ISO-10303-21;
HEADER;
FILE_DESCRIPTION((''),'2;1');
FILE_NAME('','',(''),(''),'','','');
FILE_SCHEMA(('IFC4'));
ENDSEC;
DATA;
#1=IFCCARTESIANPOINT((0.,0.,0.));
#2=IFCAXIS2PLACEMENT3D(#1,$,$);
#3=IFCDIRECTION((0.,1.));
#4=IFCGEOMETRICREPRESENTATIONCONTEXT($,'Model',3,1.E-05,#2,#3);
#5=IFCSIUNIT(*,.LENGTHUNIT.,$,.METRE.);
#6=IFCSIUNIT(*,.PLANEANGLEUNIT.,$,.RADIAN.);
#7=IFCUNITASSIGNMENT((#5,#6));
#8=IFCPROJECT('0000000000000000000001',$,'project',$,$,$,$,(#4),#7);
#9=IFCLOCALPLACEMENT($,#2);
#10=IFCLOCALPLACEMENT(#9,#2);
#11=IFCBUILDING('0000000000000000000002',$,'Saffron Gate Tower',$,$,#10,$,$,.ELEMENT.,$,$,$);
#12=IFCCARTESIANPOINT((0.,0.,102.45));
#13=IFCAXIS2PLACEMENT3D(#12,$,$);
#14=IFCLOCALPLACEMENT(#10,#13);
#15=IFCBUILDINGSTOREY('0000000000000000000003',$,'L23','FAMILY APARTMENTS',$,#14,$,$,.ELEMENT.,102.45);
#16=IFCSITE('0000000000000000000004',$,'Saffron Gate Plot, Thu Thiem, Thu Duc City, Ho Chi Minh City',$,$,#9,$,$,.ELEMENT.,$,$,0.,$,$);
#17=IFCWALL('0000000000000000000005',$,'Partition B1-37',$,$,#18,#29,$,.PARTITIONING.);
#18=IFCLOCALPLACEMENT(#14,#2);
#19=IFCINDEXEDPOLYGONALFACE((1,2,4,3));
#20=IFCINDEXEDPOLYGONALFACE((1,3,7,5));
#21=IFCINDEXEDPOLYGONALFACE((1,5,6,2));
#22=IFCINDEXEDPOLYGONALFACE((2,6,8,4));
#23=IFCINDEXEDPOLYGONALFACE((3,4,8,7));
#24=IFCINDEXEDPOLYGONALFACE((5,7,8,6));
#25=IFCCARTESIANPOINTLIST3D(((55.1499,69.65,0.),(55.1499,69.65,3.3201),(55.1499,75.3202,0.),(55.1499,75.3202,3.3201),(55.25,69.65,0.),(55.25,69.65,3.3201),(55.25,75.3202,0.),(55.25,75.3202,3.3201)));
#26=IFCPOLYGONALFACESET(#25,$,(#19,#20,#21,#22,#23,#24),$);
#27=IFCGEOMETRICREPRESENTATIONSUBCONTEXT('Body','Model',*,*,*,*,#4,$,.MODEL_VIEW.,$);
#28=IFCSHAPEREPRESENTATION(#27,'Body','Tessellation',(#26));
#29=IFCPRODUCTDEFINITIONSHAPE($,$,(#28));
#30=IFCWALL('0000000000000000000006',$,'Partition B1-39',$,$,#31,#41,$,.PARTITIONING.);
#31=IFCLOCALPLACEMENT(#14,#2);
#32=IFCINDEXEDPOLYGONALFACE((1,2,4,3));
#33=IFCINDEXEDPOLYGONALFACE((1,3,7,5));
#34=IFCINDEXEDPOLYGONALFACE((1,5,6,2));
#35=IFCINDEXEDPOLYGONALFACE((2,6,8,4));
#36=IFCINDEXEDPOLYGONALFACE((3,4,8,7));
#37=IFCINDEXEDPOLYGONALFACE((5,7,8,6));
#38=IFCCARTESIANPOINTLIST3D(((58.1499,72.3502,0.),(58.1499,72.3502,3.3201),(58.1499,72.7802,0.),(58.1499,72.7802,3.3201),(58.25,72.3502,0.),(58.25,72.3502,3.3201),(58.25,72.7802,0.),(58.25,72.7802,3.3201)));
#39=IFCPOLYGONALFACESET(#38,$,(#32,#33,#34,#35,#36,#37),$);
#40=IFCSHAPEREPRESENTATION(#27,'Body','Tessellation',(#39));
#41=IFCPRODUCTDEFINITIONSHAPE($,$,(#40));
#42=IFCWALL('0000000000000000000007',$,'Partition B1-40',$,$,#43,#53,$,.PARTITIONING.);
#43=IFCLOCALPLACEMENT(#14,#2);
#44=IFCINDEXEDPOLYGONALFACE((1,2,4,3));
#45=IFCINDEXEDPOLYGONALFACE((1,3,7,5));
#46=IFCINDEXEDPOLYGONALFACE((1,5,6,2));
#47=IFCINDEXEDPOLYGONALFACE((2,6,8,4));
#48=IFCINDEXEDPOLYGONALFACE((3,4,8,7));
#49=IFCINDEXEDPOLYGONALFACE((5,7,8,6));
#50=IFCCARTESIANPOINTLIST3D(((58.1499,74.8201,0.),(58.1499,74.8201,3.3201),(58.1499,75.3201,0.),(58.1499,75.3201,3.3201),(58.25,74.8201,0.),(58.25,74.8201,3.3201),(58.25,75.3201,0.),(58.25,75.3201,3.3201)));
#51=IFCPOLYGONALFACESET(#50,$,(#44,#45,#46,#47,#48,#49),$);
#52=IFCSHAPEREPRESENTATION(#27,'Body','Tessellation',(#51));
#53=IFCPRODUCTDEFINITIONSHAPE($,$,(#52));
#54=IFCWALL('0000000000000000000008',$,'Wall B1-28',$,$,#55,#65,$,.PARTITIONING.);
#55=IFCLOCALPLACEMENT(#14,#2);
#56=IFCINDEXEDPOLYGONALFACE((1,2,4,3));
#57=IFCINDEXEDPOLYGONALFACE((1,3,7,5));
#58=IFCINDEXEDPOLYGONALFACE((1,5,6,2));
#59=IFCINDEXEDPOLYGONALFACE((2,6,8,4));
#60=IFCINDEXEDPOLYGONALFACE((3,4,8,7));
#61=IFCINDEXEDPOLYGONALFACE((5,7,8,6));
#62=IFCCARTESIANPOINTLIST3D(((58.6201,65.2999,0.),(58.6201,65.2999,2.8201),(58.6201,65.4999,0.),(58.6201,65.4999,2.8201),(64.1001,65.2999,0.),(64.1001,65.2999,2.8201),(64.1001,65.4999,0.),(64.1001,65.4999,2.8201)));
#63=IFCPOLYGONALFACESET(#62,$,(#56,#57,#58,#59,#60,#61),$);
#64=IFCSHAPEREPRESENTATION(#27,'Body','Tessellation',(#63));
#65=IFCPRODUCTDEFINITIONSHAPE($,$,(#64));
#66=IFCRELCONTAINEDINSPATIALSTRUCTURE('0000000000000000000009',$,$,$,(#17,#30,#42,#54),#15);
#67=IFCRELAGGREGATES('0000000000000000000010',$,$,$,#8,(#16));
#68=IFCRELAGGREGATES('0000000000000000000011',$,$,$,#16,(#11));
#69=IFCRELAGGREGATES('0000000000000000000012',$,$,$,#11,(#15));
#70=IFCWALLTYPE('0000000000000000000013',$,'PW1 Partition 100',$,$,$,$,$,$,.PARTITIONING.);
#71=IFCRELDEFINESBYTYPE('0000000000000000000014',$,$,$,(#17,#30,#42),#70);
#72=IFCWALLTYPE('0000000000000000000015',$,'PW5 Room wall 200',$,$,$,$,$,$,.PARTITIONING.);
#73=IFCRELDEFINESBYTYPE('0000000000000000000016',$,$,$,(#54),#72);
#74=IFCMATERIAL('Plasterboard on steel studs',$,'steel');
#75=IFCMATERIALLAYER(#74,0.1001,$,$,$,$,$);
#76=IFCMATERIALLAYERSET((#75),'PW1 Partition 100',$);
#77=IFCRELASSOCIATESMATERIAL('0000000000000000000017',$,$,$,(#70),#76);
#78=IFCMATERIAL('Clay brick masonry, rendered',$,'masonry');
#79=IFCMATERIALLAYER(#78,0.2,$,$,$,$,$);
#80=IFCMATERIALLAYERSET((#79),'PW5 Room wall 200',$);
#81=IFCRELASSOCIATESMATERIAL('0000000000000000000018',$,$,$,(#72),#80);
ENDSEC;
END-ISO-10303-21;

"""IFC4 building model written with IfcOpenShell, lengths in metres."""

from ifc_helpers import new_model, si_unit, direction, frame, frame_2d, origin, place, context, subcontext, project, spatial, rectangle, extrude, material, layer, layer_set, type_object, element, save


model = new_model("IFC4")

# Units and contexts
model_context = context("Model", 3, precision=1e-05, world=origin(), true_north=direction((0.0, 1.0)))
body_context = subcontext(model_context, "Body", "Model", "MODEL_VIEW")
ifc_project = project(units=[si_unit("LENGTHUNIT", "METRE"), si_unit("PLANEANGLEUNIT", "RADIAN")], contexts=[model_context])

# Site, building, storey
site_placement = place(None, origin())
site = spatial("IfcSite", under=ifc_project, at=site_placement, Name="Saffron Gate Plot, Thu Thiem, Thu Duc City, Ho Chi Minh City", CompositionType="ELEMENT", RefElevation=0.0)
building_placement = place(site_placement, origin())
building = spatial("IfcBuilding", under=site, at=building_placement, Name="Saffron Gate Tower", CompositionType="ELEMENT")
storey_placement = place(building_placement, frame((0.0, 0.0, 102.45)))
storey = spatial("IfcBuildingStorey", under=building, at=storey_placement, Name="L23", Description="FAMILY APARTMENTS", CompositionType="ELEMENT", Elevation=102.45)

# Shared definitions
ifc_material_1 = material(Name="Plasterboard on steel studs", Category="steel")
ifc_layer_1 = layer(ifc_material_1, 0.1001)
ifc_layer_set_1 = layer_set([ifc_layer_1], Name="PW1 Partition 100")
wall_type_1 = type_object("IfcWallType", Name="PW1 Partition 100", PredefinedType="PARTITIONING", material=ifc_layer_set_1)

# Walls
wall_1_placement = place(storey_placement, frame((55.2, 75.3201, 0.0), z_axis=(0.0, 0.0, 1.0), x_axis=(0.0, -1.0, 0.0)))
element("IfcWall", 1, at=wall_1_placement, inside=storey, type_object=wall_type_1, Name="Partition B1-37", PredefinedType="PARTITIONING", context=body_context, shape_type="SweptSolid", body=[
    extrude(rectangle(XDim=5.6702, YDim=0.1001, at=frame_2d((2.835, 0.0))), origin(), (0.0, 0.0, 1.0), 3.3201),
])
wall_2_placement = place(storey_placement, frame((58.2, 72.78, 0.0), z_axis=(0.0, 0.0, 1.0), x_axis=(0.0, -1.0, 0.0)))
element("IfcWall", 2, at=wall_2_placement, inside=storey, type_object=wall_type_1, Name="Partition B1-39", PredefinedType="PARTITIONING", context=body_context, shape_type="SweptSolid", body=[
    extrude(rectangle(XDim=0.4299, YDim=0.1001, at=frame_2d((0.2148, 0.0))), origin(), (0.0, 0.0, 1.0), 3.3201),
])
wall_3_placement = place(storey_placement, frame((58.2, 75.3201, 0.0), z_axis=(0.0, 0.0, 1.0), x_axis=(0.0, -1.0, 0.0)))
element("IfcWall", 3, at=wall_3_placement, inside=storey, type_object=wall_type_1, Name="Partition B1-40", PredefinedType="PARTITIONING", context=body_context, shape_type="SweptSolid", body=[
    extrude(rectangle(XDim=0.5, YDim=0.1001, at=frame_2d((0.25, 0.0))), origin(), (0.0, 0.0, 1.0), 3.3201),
])
ifc_material_2 = material(Name="Clay brick masonry, rendered", Category="masonry")
ifc_layer_2 = layer(ifc_material_2, 0.2)
ifc_layer_set_2 = layer_set([ifc_layer_2], Name="PW5 Room wall 200")
wall_type_2 = type_object("IfcWallType", Name="PW5 Room wall 200", PredefinedType="PARTITIONING", material=ifc_layer_set_2)
wall_4_placement = place(storey_placement, frame((58.6201, 65.3999, 0.0), z_axis=(0.0, 0.0, 1.0), x_axis=(1.0, 0.0, 0.0)))
element("IfcWall", 4, at=wall_4_placement, inside=storey, type_object=wall_type_2, Name="Wall B1-28", PredefinedType="PARTITIONING", context=body_context, shape_type="SweptSolid", body=[
    extrude(rectangle(XDim=5.48, YDim=0.2, at=frame_2d((2.74, 0.0))), origin(), (0.0, 0.0, 1.0), 2.8201),
])

save(model, "model.ifc")
